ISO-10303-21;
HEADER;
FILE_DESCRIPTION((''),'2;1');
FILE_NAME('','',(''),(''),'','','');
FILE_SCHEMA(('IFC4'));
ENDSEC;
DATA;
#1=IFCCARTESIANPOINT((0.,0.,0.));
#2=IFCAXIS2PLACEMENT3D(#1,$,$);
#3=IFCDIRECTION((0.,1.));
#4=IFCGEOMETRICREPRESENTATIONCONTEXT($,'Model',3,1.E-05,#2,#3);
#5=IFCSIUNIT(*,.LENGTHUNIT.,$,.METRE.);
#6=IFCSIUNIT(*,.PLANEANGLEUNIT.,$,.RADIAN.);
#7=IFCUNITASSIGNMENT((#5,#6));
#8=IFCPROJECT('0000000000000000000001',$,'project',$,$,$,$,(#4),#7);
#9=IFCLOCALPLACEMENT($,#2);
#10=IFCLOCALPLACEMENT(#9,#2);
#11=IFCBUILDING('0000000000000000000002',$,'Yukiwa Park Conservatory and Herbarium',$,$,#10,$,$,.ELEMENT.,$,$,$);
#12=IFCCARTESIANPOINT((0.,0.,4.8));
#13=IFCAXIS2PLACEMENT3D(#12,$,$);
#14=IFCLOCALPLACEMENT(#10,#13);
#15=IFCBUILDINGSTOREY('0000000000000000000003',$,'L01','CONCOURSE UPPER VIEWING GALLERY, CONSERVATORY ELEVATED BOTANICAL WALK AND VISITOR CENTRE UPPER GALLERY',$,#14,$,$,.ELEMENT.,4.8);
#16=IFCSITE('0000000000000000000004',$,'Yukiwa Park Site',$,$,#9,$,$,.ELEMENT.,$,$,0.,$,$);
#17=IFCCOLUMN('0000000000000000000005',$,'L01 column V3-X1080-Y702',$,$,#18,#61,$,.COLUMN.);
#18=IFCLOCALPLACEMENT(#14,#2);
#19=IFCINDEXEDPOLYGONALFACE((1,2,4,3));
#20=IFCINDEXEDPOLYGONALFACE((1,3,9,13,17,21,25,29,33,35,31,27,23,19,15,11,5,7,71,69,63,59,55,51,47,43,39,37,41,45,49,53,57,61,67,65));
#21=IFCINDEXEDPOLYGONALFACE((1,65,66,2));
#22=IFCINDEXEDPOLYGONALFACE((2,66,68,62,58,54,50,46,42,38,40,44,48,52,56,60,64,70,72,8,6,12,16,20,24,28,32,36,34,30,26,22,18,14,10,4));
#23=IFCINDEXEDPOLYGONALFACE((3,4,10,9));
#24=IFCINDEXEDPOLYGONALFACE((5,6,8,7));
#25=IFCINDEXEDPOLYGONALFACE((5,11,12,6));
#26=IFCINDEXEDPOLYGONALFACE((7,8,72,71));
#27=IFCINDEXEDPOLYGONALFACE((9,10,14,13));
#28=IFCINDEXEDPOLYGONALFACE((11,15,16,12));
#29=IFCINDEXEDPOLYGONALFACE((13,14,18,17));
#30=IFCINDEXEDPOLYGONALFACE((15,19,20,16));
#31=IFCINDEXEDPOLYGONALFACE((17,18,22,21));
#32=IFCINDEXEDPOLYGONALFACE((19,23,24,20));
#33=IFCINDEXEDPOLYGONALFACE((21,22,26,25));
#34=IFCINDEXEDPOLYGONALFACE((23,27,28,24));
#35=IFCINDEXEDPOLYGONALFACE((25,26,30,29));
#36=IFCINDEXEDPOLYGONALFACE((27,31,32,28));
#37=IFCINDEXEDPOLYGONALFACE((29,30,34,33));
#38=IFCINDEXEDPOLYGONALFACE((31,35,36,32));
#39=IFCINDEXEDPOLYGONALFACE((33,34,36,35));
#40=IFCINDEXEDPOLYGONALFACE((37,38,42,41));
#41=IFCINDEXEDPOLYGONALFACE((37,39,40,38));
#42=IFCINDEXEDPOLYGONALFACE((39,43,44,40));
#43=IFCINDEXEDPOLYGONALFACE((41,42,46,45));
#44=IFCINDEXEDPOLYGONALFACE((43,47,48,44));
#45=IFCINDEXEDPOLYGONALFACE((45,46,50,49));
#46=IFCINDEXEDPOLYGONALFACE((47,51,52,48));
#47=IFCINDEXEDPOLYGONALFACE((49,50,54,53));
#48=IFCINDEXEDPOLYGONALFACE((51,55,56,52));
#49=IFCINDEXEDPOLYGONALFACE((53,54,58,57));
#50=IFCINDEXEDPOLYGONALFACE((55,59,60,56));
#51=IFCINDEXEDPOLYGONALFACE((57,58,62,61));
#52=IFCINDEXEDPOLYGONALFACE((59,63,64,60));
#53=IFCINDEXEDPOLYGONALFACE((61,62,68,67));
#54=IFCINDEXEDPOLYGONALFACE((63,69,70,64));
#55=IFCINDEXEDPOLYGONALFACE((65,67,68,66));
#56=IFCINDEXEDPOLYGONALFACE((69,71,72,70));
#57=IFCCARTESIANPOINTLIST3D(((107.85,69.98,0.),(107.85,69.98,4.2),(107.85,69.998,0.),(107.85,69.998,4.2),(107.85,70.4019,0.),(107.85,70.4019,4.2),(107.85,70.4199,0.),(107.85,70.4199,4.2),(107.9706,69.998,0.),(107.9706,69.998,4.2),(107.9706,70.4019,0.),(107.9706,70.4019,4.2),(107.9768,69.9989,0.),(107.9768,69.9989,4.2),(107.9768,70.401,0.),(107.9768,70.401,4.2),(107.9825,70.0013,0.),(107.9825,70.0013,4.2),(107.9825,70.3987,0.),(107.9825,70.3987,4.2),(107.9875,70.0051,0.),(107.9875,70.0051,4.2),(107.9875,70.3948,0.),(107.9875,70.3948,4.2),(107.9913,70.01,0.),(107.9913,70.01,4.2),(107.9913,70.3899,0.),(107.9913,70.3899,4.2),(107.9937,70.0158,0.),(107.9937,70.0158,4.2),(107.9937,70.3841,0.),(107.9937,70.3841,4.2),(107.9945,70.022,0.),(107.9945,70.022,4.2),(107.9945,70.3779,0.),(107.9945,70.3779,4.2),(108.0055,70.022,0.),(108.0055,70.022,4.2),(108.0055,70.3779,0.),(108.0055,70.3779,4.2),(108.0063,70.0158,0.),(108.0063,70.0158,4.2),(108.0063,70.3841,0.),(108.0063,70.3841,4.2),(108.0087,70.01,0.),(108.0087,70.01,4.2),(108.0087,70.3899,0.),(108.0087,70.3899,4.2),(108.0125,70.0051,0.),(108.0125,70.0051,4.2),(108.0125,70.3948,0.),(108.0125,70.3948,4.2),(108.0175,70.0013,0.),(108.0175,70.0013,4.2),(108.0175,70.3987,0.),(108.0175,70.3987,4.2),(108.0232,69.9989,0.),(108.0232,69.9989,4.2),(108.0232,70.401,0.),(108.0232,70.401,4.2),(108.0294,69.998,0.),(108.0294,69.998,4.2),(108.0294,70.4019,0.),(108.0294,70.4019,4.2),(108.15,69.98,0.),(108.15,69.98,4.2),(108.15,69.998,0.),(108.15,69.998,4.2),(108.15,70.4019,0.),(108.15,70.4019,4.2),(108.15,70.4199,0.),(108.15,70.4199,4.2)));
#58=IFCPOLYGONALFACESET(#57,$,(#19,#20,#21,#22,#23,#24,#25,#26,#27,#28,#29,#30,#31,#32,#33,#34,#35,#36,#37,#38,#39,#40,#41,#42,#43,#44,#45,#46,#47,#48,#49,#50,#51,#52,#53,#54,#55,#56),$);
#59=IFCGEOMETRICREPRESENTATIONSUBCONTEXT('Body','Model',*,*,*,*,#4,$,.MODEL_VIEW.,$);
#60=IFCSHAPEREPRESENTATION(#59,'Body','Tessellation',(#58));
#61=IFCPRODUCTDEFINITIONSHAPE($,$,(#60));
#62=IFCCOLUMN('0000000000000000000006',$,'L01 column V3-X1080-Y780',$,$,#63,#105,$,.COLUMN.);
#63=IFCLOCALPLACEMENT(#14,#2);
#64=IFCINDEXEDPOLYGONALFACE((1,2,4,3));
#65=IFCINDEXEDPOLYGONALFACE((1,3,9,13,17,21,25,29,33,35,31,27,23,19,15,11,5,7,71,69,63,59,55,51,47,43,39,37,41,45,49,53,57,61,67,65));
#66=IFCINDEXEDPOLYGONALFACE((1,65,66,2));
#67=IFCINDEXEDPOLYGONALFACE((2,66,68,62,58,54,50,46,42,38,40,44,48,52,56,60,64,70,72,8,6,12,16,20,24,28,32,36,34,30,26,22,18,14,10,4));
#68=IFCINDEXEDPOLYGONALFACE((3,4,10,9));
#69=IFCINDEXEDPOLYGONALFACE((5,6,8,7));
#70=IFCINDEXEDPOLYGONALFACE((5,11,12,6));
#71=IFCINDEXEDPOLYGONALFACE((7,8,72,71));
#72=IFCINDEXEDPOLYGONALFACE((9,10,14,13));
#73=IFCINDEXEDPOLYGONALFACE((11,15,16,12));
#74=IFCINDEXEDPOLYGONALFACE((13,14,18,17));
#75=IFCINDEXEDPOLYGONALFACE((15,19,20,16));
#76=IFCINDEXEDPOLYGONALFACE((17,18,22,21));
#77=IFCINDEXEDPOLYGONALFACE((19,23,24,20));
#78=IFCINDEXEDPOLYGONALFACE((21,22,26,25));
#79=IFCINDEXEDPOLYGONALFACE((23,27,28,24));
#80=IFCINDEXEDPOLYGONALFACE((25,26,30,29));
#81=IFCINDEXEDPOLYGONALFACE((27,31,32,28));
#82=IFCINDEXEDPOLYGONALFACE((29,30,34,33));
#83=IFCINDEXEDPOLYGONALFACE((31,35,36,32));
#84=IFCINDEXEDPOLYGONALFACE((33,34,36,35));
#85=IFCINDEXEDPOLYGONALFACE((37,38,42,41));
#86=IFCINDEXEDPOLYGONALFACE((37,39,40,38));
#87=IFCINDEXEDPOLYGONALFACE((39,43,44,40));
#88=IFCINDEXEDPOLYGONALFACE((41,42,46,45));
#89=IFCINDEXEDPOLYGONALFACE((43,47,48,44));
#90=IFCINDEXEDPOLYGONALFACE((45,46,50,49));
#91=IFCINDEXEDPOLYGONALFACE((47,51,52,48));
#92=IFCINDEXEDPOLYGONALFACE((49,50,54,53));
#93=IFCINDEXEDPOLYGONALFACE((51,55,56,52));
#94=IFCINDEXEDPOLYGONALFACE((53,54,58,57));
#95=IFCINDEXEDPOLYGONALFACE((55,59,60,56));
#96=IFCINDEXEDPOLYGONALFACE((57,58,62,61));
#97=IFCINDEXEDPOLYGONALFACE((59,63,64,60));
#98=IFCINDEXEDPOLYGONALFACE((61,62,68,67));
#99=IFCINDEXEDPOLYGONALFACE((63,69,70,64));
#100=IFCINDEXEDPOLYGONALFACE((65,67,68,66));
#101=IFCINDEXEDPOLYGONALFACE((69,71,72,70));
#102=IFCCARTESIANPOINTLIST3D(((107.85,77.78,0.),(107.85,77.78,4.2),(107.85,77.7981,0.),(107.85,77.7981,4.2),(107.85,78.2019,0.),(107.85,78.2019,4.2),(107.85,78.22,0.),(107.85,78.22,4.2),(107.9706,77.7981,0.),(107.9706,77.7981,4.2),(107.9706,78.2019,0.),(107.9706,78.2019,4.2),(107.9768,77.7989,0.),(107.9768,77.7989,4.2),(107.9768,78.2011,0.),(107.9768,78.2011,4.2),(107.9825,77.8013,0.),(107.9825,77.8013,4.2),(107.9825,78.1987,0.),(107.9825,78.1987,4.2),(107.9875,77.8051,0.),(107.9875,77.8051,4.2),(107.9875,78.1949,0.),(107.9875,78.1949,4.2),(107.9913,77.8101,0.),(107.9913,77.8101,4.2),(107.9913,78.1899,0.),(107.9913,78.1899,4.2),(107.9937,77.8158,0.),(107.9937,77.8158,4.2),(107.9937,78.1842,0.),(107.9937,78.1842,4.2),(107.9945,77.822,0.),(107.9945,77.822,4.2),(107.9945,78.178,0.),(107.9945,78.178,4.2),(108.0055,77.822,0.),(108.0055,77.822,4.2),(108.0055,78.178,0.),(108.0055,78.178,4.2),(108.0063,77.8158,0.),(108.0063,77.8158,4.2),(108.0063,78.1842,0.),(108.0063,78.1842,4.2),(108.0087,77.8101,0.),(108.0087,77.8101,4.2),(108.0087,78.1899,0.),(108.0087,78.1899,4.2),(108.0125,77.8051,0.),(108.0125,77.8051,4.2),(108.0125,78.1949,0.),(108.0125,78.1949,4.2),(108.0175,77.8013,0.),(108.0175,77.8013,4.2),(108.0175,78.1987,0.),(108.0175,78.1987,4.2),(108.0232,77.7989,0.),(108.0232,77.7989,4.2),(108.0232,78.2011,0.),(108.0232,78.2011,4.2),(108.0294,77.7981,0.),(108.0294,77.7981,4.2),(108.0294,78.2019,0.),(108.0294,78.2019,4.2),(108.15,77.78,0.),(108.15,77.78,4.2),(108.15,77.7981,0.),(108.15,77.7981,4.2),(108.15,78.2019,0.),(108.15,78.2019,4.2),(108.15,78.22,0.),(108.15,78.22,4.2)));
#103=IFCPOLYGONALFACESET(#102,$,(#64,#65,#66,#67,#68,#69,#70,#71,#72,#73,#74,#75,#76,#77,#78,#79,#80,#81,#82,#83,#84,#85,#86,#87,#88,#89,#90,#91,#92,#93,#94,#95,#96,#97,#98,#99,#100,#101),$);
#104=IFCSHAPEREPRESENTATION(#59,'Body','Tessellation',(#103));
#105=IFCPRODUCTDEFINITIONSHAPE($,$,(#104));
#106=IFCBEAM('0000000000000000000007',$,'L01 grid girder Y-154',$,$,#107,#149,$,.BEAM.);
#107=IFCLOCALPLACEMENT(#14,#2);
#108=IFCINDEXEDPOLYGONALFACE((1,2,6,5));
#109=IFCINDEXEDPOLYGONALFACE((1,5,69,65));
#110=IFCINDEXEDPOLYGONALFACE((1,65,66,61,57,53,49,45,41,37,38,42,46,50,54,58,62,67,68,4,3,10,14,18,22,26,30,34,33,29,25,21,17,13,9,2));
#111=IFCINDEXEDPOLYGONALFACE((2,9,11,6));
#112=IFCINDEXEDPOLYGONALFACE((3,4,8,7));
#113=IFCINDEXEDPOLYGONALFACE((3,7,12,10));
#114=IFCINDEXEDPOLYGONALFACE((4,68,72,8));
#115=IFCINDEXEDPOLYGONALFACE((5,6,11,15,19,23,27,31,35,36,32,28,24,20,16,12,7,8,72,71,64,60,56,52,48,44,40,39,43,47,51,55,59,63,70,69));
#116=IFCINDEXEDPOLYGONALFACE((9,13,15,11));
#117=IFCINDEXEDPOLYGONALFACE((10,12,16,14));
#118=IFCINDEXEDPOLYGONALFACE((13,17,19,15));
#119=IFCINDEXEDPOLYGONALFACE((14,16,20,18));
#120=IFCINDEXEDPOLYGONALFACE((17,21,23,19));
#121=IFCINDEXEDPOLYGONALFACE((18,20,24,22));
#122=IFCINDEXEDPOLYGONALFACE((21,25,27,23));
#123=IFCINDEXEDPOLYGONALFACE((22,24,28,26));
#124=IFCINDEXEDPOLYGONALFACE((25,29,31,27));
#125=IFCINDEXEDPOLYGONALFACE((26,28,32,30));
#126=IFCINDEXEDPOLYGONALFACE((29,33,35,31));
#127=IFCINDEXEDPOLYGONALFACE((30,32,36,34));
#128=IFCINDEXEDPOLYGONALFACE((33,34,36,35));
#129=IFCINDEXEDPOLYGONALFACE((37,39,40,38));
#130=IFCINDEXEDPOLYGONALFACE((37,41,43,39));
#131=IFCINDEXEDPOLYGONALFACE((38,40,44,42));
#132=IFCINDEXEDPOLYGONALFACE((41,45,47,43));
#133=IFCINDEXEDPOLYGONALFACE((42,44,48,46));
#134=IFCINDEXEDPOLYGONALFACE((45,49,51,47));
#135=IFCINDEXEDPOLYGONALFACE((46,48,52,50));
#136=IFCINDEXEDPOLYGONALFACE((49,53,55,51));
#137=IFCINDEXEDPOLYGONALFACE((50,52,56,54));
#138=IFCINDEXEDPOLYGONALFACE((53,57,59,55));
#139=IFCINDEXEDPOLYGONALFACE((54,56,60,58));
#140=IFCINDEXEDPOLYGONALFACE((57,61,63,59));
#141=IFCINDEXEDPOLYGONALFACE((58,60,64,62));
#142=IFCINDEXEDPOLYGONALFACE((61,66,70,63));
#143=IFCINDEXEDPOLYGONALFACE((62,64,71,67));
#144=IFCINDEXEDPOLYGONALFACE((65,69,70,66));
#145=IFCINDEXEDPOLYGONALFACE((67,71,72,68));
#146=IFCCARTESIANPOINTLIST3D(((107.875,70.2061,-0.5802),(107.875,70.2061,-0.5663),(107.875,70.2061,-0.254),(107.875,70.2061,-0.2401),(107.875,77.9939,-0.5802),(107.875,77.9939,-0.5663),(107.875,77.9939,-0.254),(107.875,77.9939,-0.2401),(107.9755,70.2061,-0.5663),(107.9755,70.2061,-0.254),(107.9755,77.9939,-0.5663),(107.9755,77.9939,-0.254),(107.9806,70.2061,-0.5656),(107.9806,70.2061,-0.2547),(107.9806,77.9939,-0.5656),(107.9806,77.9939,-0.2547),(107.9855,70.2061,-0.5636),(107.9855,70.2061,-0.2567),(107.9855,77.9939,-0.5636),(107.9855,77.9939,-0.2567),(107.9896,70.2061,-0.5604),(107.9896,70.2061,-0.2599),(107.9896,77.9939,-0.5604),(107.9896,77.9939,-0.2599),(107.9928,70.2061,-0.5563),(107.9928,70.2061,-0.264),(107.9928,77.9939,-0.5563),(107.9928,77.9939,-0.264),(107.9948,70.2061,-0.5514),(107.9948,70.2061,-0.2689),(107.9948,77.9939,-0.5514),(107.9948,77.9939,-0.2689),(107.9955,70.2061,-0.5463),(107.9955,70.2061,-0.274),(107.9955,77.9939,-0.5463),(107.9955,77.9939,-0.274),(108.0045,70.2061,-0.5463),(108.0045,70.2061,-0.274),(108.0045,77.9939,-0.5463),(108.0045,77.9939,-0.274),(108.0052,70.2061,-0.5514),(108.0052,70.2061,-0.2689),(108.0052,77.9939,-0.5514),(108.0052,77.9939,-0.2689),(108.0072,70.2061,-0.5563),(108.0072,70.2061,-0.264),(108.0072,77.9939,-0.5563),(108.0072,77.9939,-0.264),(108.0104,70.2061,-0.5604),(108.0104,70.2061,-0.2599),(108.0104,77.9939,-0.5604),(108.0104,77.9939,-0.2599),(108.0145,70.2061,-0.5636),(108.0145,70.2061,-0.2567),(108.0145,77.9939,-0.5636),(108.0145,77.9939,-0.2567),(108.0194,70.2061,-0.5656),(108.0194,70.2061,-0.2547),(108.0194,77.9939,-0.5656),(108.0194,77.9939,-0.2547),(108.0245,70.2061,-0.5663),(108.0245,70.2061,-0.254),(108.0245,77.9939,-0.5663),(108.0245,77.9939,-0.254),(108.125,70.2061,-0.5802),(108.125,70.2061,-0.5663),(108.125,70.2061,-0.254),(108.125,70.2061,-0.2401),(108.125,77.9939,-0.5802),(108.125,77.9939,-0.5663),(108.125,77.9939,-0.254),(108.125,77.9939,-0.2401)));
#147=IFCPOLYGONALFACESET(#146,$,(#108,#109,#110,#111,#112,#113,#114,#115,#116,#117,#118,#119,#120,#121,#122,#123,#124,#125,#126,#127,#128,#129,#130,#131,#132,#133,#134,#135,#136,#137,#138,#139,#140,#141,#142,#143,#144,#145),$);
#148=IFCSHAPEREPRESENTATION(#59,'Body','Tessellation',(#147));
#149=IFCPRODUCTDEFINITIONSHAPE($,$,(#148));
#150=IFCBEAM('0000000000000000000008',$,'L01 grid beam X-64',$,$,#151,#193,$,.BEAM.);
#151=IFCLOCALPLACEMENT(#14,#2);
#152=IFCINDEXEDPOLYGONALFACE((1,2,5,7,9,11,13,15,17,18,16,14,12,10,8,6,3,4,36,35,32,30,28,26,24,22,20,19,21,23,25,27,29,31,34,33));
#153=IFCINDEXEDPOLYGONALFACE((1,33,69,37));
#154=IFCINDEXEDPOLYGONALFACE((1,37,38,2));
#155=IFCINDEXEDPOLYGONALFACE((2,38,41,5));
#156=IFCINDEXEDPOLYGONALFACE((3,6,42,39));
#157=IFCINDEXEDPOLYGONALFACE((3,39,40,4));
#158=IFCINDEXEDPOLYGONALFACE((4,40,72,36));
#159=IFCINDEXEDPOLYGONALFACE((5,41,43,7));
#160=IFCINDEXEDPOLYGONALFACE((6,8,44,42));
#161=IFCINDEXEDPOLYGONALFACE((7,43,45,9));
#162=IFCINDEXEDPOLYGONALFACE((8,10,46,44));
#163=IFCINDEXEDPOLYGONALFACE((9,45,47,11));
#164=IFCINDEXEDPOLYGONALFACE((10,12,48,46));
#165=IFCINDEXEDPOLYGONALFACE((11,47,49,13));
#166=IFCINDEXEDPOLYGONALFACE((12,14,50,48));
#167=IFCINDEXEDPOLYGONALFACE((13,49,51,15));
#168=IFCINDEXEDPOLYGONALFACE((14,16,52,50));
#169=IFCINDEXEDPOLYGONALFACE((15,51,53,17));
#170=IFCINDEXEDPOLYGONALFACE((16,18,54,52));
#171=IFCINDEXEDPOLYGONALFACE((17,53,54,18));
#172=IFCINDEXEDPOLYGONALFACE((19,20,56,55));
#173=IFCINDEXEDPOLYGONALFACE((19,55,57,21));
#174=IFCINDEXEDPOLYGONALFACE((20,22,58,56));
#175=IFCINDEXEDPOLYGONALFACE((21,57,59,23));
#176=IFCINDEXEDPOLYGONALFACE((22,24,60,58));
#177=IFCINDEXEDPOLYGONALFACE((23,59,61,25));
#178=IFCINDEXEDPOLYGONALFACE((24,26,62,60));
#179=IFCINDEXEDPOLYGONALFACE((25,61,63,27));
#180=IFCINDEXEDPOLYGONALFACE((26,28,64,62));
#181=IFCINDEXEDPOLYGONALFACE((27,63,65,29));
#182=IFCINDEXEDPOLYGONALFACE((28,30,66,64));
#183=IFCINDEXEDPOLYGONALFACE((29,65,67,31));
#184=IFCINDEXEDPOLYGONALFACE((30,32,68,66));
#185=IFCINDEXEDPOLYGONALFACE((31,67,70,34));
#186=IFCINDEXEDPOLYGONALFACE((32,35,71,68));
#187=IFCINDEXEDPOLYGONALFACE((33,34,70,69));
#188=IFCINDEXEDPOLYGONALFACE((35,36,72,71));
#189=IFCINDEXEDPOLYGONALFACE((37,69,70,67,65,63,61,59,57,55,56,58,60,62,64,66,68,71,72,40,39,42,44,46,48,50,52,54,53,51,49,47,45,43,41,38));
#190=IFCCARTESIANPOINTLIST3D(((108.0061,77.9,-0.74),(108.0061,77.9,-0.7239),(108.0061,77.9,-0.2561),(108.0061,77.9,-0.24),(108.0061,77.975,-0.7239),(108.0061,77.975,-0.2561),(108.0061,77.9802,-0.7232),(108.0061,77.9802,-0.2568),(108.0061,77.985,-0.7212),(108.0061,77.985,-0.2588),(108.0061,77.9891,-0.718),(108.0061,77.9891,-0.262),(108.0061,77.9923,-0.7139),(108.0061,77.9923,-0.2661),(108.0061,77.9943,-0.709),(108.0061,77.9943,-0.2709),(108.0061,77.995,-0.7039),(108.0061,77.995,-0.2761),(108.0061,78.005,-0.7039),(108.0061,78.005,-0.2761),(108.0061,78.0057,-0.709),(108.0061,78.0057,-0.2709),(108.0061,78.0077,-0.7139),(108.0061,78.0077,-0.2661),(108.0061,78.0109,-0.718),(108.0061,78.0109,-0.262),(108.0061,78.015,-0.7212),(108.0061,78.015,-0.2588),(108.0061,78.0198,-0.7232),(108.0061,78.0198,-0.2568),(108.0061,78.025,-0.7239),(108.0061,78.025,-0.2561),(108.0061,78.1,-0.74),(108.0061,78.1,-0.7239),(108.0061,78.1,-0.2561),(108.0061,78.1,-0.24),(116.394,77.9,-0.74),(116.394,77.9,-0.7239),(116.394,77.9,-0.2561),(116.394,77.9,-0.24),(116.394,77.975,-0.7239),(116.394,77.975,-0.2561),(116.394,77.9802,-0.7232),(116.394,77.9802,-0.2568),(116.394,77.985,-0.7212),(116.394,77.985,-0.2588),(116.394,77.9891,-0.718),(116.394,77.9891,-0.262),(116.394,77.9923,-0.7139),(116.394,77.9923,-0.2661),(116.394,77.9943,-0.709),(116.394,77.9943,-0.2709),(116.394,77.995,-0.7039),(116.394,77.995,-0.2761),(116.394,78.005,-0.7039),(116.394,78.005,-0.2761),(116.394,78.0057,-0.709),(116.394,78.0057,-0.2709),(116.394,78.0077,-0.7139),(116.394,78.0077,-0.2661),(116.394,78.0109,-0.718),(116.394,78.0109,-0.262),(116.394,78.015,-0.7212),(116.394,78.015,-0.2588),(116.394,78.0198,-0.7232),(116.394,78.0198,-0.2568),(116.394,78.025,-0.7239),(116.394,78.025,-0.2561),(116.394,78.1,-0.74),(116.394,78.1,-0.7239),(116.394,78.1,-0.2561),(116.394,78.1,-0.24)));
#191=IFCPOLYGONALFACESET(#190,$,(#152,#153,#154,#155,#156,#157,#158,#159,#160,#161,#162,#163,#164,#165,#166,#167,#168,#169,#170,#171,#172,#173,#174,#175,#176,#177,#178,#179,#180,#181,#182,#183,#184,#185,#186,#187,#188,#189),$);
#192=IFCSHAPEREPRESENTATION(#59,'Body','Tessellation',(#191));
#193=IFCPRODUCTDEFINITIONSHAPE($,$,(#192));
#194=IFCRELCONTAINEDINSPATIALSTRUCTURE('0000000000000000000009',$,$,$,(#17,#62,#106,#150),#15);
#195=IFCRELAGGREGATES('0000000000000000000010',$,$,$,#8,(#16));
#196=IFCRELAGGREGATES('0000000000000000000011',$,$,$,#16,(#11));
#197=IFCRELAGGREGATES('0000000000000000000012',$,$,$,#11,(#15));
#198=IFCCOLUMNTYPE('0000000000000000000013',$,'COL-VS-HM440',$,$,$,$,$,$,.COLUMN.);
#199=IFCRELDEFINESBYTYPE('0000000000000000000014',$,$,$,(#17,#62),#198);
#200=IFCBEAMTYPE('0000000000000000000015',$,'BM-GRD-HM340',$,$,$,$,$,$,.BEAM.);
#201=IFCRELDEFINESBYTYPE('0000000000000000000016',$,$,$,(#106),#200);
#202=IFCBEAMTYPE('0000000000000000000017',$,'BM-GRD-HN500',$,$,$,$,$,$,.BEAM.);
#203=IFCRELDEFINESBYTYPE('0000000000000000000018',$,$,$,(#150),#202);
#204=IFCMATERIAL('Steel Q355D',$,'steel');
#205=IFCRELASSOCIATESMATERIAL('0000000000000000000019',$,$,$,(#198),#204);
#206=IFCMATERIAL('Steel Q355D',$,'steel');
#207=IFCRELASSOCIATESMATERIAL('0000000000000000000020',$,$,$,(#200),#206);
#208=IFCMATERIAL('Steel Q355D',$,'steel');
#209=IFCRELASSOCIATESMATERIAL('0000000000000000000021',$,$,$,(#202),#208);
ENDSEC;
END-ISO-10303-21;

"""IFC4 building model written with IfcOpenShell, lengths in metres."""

from ifc_helpers import new_model, si_unit, direction, frame, origin, origin_2d, place, context, subcontext, project, spatial, i_section, extrude, material, material_profile, profile_set, type_object, element, save


model = new_model("IFC4")

# Units and contexts
model_context = context("Model", 3, precision=1e-05, world=origin(), true_north=direction((0.0, 1.0)))
body_context = subcontext(model_context, "Body", "Model", "MODEL_VIEW")
ifc_project = project(units=[si_unit("LENGTHUNIT", "METRE"), si_unit("PLANEANGLEUNIT", "RADIAN")], contexts=[model_context])

# Site, building, storey
site_placement = place(None, origin())
site = spatial("IfcSite", under=ifc_project, at=site_placement, Name="Yukiwa Park Site", CompositionType="ELEMENT", RefElevation=0.0)
building_placement = place(site_placement, origin())
building = spatial("IfcBuilding", under=site, at=building_placement, Name="Yukiwa Park Conservatory and Herbarium", CompositionType="ELEMENT")
storey_placement = place(building_placement, frame((0.0, 0.0, 4.8)))
storey = spatial("IfcBuildingStorey", under=building, at=storey_placement, Name="L01", Description="CONCOURSE UPPER VIEWING GALLERY, CONSERVATORY ELEVATED BOTANICAL WALK AND VISITOR CENTRE UPPER GALLERY", CompositionType="ELEMENT", Elevation=4.8)

# Columns
ifc_material_1 = material(Name="Steel Q355D", Category="steel")
ifc_material_profile_1 = material_profile(ifc_material_1, i_section(OverallWidth=0.3, OverallDepth=0.4399, WebThickness=0.011, FlangeThickness=0.0181, FilletRadius=0.0239, at=origin_2d()), Name="HM 440x300x11x18")
ifc_profile_set_1 = profile_set([ifc_material_profile_1], Name="Steel Q355D")
column_type = type_object("IfcColumnType", Name="COL-VS-HM440", PredefinedType="COLUMN", material=ifc_profile_set_1)
for number, where, z_axis, x_axis, name in (
    (1, (108.0, 70.2, 0.0), (0.0, 0.0, 1.0), (1.0, 0.0, 0.0), "L01 column V3-X1080-Y702"),
    (2, (108.0, 78.0, 0.0), (0.0, 0.0, 1.0), (1.0, 0.0, 0.0), "L01 column V3-X1080-Y780"),
):
    element("IfcColumn", number, at=place(storey_placement, frame(where, z_axis=z_axis, x_axis=x_axis)), inside=storey, type_object=column_type, Name=name, PredefinedType="COLUMN", context=body_context, shape_type="SweptSolid", body=[
        extrude(i_section(OverallWidth=0.3, OverallDepth=0.4399, WebThickness=0.011, FlangeThickness=0.0181, FilletRadius=0.0239, at=origin_2d()), origin(), (0.0, 0.0, 1.0), 4.2),
    ])

# Beams
ifc_material_2 = material(Name="Steel Q355D", Category="steel")
ifc_material_profile_2 = material_profile(ifc_material_2, i_section(OverallWidth=0.25, OverallDepth=0.3401, WebThickness=0.009, FlangeThickness=0.0139, FilletRadius=0.02, at=origin_2d()), Name="HM 340x250x9x14")
ifc_profile_set_2 = profile_set([ifc_material_profile_2], Name="Steel Q355D")
beam_type_1 = type_object("IfcBeamType", Name="BM-GRD-HM340", PredefinedType="BEAM", material=ifc_profile_set_2)
beam_1_placement = place(storey_placement, frame((108.0, 70.2061, -0.4102), z_axis=(0.0, 1.0, 0.0), x_axis=(-1.0, 0.0, 0.0)))
element("IfcBeam", 3, at=beam_1_placement, inside=storey, type_object=beam_type_1, Name="L01 grid girder Y-154", PredefinedType="BEAM", context=body_context, shape_type="SweptSolid", body=[
    extrude(i_section(OverallWidth=0.25, OverallDepth=0.3401, WebThickness=0.009, FlangeThickness=0.0139, FilletRadius=0.02, at=origin_2d()), origin(), (0.0, 0.0, 1.0), 7.7878),
])
ifc_material_3 = material(Name="Steel Q355D", Category="steel")
ifc_material_profile_3 = material_profile(ifc_material_3, i_section(OverallWidth=0.2, OverallDepth=0.5, WebThickness=0.01, FlangeThickness=0.0161, FilletRadius=0.02, at=origin_2d()), Name="HN 500x200x10x16")
ifc_profile_set_3 = profile_set([ifc_material_profile_3], Name="Steel Q355D")
beam_type_2 = type_object("IfcBeamType", Name="BM-GRD-HN500", PredefinedType="BEAM", material=ifc_profile_set_3)
beam_2_placement = place(storey_placement, frame((108.0061, 78.0, -0.49), z_axis=(1.0, 0.0, 0.0), x_axis=(0.0, 1.0, 0.0)))
element("IfcBeam", 4, at=beam_2_placement, inside=storey, type_object=beam_type_2, Name="L01 grid beam X-64", PredefinedType="BEAM", context=body_context, shape_type="SweptSolid", body=[
    extrude(i_section(OverallWidth=0.2, OverallDepth=0.5, WebThickness=0.01, FlangeThickness=0.0161, FilletRadius=0.02, at=origin_2d()), origin(), (0.0, 0.0, 1.0), 8.3879),
])

save(model, "model.ifc")
